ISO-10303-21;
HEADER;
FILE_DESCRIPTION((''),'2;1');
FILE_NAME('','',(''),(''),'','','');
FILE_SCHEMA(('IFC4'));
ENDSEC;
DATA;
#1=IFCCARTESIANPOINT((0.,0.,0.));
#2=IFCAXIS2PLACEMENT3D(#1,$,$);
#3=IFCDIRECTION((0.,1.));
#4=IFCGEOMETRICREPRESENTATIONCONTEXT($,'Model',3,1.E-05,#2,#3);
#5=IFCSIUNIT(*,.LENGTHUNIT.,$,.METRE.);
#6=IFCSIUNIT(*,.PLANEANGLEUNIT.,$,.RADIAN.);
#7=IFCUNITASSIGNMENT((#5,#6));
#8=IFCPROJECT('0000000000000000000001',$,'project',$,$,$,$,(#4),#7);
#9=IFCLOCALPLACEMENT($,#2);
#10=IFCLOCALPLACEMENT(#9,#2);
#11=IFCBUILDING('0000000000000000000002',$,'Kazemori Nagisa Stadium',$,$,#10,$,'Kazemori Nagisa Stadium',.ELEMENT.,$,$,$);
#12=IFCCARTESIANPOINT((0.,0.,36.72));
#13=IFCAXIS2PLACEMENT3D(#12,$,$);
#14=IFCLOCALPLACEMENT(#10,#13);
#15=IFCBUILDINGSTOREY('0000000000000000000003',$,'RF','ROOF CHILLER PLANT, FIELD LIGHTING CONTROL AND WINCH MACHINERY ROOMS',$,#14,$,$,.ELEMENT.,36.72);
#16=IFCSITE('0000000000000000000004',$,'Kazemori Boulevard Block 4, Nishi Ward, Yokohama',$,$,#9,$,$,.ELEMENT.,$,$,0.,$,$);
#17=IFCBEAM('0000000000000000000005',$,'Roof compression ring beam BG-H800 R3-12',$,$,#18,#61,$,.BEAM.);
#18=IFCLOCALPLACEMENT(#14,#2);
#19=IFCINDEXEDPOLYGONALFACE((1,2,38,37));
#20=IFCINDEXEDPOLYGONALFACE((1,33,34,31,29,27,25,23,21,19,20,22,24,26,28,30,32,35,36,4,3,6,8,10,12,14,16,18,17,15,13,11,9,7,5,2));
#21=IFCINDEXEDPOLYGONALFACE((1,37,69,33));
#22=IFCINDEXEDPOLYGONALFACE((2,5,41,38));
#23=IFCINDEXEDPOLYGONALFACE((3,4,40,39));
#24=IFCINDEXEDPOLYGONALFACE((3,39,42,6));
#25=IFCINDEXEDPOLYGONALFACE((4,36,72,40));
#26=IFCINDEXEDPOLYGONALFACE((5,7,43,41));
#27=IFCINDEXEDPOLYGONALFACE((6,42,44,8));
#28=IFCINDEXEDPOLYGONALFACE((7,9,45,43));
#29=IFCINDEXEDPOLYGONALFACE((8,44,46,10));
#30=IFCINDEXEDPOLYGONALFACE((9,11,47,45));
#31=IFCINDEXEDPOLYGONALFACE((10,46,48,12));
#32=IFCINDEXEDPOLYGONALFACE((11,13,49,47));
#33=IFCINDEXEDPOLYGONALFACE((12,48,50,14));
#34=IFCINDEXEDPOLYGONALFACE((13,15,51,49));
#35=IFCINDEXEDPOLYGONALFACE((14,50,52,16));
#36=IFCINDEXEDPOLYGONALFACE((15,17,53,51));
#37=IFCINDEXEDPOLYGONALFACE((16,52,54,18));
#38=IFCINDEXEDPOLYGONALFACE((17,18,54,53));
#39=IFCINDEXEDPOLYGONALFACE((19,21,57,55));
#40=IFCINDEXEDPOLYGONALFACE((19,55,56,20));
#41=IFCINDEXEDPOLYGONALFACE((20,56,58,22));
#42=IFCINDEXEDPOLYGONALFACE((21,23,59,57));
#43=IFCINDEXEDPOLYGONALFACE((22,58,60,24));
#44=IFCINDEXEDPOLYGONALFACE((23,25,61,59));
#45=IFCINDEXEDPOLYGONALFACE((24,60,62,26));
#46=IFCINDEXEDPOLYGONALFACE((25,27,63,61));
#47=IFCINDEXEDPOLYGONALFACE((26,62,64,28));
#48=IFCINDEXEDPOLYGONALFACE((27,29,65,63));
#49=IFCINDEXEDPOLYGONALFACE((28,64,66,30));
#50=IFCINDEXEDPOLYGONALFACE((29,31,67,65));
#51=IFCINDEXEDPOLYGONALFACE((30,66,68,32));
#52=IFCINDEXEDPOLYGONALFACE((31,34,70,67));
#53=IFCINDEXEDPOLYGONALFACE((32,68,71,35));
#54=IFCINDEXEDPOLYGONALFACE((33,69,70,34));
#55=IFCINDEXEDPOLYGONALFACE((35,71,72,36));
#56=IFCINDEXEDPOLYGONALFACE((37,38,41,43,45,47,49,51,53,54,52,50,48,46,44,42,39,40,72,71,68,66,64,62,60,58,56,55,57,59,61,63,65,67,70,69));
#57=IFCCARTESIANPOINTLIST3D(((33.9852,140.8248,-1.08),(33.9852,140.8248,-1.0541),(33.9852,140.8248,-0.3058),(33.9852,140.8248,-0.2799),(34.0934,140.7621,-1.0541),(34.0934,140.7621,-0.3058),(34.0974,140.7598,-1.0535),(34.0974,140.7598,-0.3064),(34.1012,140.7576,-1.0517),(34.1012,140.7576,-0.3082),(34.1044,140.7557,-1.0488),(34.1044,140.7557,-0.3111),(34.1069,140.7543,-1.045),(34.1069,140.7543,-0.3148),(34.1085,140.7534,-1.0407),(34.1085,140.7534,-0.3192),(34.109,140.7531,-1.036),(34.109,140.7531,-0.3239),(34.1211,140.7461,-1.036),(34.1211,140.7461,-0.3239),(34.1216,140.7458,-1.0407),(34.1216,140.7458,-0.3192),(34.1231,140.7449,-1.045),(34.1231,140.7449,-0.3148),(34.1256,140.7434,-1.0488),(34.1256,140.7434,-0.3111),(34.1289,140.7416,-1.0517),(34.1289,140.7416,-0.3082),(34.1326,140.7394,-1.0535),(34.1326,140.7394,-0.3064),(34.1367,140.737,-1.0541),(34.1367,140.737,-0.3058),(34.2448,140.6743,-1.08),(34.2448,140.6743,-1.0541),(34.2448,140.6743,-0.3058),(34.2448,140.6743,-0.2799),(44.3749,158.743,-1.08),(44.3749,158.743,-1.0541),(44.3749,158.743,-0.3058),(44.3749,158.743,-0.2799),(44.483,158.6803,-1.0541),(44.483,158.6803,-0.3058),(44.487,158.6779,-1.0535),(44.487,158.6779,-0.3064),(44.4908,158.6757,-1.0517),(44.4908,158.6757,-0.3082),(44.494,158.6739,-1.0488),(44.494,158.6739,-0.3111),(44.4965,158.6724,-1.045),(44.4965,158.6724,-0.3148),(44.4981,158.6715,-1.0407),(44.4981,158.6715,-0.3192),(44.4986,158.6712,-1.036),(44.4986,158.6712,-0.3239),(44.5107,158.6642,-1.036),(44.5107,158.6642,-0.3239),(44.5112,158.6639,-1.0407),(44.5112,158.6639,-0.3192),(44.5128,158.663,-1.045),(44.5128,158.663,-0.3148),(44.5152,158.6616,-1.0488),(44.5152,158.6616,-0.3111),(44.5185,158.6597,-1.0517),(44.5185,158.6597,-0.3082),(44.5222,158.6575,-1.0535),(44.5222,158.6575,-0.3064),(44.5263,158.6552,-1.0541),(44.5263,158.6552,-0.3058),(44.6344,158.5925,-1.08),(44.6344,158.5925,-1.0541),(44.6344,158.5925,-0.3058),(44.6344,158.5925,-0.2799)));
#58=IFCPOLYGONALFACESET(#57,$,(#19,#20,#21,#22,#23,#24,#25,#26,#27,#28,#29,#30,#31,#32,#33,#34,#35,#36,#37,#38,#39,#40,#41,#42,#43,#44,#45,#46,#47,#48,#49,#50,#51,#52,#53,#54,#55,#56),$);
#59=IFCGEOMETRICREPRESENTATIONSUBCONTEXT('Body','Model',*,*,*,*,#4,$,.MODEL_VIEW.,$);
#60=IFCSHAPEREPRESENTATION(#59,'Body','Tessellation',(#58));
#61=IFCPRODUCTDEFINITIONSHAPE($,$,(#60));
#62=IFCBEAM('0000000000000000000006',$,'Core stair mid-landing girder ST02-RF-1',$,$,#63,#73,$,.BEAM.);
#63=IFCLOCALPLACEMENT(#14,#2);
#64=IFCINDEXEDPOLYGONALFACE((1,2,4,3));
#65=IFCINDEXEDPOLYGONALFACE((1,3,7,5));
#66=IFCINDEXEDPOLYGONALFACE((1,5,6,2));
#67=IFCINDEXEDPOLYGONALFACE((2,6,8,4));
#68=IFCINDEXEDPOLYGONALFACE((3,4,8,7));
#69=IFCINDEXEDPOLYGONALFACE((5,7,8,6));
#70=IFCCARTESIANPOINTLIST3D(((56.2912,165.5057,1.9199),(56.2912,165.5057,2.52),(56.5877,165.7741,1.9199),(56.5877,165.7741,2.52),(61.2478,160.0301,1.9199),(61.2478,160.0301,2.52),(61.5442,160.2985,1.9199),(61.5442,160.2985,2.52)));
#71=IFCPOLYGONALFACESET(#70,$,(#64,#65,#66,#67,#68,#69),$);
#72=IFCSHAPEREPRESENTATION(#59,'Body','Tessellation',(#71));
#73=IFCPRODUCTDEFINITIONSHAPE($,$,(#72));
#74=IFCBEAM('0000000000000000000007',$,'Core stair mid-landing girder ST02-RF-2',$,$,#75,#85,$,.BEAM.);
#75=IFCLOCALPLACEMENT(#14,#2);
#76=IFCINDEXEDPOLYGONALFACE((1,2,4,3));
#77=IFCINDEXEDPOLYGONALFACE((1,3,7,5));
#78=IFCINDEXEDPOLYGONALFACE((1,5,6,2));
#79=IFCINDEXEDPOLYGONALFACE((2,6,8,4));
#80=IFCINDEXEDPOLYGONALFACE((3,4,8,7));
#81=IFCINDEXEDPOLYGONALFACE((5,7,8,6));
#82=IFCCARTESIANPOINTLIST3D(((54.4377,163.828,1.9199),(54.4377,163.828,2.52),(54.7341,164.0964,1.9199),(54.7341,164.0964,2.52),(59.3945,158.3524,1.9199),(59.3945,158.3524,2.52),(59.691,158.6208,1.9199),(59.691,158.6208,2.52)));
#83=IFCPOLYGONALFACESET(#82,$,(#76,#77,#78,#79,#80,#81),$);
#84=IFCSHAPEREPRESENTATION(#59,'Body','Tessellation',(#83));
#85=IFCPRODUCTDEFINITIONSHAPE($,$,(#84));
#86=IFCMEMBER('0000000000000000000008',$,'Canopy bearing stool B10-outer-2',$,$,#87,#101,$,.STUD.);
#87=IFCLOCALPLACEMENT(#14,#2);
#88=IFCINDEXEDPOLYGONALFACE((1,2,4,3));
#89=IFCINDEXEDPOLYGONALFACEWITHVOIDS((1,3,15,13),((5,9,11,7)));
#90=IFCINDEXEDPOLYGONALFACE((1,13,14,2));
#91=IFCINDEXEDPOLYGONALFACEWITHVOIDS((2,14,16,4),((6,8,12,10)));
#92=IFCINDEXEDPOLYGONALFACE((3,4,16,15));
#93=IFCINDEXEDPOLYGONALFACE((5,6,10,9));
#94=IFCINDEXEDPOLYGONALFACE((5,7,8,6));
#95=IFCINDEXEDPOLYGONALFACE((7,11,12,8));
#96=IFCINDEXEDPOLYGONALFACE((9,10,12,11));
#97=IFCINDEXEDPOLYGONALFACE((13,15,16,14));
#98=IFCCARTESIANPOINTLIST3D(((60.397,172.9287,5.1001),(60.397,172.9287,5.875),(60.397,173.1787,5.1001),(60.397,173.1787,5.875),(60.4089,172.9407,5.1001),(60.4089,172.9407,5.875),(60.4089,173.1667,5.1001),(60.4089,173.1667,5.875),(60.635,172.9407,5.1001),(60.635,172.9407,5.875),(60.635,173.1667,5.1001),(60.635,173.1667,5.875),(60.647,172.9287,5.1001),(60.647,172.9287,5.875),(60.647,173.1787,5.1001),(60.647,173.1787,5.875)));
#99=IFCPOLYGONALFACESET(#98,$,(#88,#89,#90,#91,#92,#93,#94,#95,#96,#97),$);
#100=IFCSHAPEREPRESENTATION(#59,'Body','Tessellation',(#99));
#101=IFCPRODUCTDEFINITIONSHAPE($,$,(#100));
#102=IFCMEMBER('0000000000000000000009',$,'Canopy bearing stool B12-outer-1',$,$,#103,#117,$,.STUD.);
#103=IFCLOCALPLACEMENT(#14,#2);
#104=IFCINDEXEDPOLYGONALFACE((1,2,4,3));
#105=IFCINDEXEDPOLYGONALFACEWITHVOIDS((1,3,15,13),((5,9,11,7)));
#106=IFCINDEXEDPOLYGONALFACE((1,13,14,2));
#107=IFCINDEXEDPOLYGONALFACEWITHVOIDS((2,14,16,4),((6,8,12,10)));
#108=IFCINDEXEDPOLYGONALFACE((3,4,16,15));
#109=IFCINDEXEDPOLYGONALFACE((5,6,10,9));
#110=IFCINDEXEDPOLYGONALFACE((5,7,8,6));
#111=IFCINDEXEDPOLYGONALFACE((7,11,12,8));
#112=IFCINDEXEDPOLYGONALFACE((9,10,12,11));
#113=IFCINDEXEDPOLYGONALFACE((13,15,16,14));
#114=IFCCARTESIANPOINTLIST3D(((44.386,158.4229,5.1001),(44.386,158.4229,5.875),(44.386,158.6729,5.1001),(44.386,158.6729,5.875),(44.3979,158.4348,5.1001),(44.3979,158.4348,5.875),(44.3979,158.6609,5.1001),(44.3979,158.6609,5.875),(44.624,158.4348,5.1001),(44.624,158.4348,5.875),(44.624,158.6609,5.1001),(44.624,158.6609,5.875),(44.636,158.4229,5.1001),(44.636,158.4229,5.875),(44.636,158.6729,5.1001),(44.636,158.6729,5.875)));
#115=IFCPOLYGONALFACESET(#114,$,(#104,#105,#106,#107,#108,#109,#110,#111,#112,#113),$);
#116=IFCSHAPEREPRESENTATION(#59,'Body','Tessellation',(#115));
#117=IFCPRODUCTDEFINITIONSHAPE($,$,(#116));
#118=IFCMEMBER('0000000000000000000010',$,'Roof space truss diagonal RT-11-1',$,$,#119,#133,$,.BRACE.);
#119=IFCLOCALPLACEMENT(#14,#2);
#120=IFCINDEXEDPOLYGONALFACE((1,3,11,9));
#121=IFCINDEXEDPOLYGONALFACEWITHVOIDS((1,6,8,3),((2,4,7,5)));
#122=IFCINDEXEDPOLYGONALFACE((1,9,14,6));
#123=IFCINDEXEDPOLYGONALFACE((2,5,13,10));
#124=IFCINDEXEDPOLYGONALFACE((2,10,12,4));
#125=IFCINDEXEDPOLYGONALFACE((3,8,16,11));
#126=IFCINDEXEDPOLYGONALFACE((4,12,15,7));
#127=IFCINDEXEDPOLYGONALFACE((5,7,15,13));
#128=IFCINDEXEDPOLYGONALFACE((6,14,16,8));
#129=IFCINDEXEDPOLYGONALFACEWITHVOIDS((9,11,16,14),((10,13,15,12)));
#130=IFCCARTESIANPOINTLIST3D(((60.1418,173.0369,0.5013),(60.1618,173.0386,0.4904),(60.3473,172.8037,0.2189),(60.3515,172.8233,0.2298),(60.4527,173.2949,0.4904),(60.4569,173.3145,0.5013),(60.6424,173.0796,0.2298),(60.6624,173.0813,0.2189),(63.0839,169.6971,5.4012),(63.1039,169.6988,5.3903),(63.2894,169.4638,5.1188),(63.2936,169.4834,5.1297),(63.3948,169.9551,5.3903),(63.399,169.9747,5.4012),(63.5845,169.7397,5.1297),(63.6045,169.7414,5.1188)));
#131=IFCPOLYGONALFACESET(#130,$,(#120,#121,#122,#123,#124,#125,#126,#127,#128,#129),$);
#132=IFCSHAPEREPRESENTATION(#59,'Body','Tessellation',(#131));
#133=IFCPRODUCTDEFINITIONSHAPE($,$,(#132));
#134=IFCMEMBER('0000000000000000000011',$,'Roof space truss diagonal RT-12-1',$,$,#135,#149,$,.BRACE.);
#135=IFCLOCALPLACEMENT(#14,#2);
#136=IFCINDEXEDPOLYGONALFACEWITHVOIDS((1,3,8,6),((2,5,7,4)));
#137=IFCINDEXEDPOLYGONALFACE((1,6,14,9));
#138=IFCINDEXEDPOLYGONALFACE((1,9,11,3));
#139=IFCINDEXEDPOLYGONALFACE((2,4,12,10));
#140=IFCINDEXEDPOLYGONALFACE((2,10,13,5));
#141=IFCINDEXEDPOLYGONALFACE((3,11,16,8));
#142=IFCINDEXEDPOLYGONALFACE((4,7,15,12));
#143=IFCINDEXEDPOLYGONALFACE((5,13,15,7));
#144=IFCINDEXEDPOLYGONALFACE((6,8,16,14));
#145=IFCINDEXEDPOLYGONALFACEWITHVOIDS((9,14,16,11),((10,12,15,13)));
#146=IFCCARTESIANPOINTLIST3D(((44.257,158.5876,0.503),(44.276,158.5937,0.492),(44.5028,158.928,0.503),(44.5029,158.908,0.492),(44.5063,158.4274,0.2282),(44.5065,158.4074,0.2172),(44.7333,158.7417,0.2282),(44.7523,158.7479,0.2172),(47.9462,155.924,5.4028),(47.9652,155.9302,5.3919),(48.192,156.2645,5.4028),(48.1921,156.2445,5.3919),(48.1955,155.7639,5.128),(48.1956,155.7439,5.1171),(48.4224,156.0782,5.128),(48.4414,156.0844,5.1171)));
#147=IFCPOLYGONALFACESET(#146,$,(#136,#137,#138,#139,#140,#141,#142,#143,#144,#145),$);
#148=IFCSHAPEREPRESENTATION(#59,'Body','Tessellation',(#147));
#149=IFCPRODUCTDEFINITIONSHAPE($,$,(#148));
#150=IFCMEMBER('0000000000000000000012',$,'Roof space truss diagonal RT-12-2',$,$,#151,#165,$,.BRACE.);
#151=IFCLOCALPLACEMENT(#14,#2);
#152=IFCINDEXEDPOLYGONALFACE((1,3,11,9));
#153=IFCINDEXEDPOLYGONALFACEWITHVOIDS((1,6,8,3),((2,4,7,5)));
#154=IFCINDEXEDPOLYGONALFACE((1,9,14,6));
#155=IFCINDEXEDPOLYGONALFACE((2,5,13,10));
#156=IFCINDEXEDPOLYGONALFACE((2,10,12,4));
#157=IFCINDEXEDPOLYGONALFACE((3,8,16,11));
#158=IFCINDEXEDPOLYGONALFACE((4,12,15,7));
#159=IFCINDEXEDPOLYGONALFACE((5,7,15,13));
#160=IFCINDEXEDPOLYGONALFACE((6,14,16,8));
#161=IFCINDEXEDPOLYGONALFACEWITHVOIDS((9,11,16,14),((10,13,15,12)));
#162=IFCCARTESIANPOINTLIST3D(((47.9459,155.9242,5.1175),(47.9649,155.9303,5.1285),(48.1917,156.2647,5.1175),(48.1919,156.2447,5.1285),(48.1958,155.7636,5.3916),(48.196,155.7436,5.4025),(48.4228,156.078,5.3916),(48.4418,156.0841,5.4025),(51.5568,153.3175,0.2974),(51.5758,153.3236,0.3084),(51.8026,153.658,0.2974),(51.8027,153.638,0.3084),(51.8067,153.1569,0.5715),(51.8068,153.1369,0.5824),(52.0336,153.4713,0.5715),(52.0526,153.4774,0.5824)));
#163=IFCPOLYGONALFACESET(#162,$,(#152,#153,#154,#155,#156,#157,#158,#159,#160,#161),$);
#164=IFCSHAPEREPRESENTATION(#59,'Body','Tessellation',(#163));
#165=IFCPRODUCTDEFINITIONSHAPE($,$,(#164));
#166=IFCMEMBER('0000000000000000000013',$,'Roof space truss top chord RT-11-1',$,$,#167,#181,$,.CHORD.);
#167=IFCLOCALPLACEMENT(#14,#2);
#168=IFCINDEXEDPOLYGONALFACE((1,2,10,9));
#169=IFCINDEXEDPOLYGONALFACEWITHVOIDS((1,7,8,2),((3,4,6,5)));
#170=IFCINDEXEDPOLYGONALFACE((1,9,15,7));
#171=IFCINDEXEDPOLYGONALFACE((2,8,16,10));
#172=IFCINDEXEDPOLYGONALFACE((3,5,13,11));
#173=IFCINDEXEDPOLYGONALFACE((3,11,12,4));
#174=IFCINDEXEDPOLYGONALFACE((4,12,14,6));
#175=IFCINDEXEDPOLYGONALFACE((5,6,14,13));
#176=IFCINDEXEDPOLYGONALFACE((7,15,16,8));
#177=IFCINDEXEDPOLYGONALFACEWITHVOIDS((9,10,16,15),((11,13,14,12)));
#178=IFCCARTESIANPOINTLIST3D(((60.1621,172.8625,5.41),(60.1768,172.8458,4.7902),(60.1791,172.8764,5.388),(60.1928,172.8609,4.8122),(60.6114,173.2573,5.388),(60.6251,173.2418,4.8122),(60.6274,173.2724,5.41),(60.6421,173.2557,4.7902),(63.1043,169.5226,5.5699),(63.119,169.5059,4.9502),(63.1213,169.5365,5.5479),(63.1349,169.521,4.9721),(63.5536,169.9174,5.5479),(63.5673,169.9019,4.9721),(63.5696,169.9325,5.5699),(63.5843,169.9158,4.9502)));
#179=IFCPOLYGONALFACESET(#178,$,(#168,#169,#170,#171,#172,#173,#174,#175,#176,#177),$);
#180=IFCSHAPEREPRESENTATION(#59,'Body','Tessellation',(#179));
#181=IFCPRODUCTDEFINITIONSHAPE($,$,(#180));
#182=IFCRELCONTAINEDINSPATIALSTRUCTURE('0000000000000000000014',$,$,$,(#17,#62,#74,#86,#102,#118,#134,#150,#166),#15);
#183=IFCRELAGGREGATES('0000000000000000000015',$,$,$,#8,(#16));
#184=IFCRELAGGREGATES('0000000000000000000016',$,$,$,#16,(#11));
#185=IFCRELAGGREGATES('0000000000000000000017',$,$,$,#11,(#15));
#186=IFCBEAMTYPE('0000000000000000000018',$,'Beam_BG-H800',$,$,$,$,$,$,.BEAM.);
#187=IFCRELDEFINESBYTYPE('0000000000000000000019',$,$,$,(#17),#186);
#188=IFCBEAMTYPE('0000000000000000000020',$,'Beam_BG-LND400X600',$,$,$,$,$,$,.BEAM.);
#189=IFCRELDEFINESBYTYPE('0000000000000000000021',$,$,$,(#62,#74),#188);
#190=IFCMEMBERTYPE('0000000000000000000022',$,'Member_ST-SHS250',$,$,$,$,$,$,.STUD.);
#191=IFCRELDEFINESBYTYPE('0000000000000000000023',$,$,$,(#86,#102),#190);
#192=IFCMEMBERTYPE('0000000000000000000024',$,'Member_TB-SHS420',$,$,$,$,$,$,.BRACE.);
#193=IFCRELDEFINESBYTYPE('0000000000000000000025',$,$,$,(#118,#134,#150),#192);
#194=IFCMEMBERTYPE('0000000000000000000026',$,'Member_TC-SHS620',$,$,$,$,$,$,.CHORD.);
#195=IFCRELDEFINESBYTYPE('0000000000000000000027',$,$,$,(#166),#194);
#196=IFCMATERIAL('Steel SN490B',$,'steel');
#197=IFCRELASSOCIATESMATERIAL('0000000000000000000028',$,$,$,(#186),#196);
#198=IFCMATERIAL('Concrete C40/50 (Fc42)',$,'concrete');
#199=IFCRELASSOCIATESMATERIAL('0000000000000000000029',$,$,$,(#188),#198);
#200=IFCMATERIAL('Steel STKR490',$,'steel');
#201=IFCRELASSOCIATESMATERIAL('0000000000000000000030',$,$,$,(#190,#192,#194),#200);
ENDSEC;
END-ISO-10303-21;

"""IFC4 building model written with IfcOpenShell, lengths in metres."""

from ifc_helpers import new_model, si_unit, direction, frame, origin, origin_2d, place, context, subcontext, project, spatial, rectangle, hollow_rectangle, i_section, extrude, material, material_profile, profile_set, type_object, element, save


model = new_model("IFC4")

# Units and contexts
model_context = context("Model", 3, precision=1e-05, world=origin(), true_north=direction((0.0, 1.0)))
body_context = subcontext(model_context, "Body", "Model", "MODEL_VIEW")
ifc_project = project(units=[si_unit("LENGTHUNIT", "METRE"), si_unit("PLANEANGLEUNIT", "RADIAN")], contexts=[model_context])

# Site, building, storey
site_placement = place(None, origin())
site = spatial("IfcSite", under=ifc_project, at=site_placement, Name="Kazemori Boulevard Block 4, Nishi Ward, Yokohama", CompositionType="ELEMENT", RefElevation=0.0)
building_placement = place(site_placement, origin())
building = spatial("IfcBuilding", under=site, at=building_placement, Name="Kazemori Nagisa Stadium", LongName="Kazemori Nagisa Stadium", CompositionType="ELEMENT")
storey_placement = place(building_placement, frame((0.0, 0.0, 36.72)))
storey = spatial("IfcBuildingStorey", under=building, at=storey_placement, Name="RF", Description="ROOF CHILLER PLANT, FIELD LIGHTING CONTROL AND WINCH MACHINERY ROOMS", CompositionType="ELEMENT", Elevation=36.72)

# Shared definitions
ifc_material_1 = material(Name="Steel SN490B", Category="steel")

# Beams
ifc_material_profile_1 = material_profile(ifc_material_1, i_section(OverallWidth=0.3, OverallDepth=0.8, WebThickness=0.0139, FlangeThickness=0.0259, FilletRadius=0.0181, at=origin_2d()), Name="H-800x300x14x26")
ifc_profile_set_1 = profile_set([ifc_material_profile_1], Name="Steel SN490B")
beam_type_1 = type_object("IfcBeamType", Name="Beam_BG-H800", PredefinedType="BEAM", material=ifc_profile_set_1)
beam_1_placement = place(storey_placement, frame((44.5046, 158.6677, -0.6799), z_axis=(-0.501613, -0.865092, 0.0), x_axis=(0.865092, -0.501613, 0.0)))
element("IfcBeam", 1, at=beam_1_placement, inside=storey, type_object=beam_type_1, Name="Roof compression ring beam BG-H800 R3-12", PredefinedType="BEAM", context=body_context, shape_type="SweptSolid", body=[
    extrude(i_section(OverallWidth=0.3, OverallDepth=0.8, WebThickness=0.0139, FlangeThickness=0.0259, FilletRadius=0.0181, at=origin_2d()), origin(), (0.0, 0.0, 1.0), 20.7124),
])
ifc_material_2 = material(Name="Concrete C40/50 (Fc42)", Category="concrete")
ifc_material_profile_2 = material_profile(ifc_material_2, rectangle(XDim=0.3999, YDim=0.6001, at=origin_2d()), Name="RC-BM-400x600")
ifc_profile_set_2 = profile_set([ifc_material_profile_2], Name="Concrete C40/50 (Fc42)")
beam_type_2 = type_object("IfcBeamType", Name="Beam_BG-LND400X600", PredefinedType="BEAM", material=ifc_profile_set_2)
beam_2_placement = place(storey_placement, frame((61.396, 160.1643, 2.22), z_axis=(-0.671095, 0.741371, 0.0), x_axis=(-0.741371, -0.671095, 0.0)))
element("IfcBeam", 2, at=beam_2_placement, inside=storey, type_object=beam_type_2, Name="Core stair mid-landing girder ST02-RF-1", PredefinedType="BEAM", context=body_context, shape_type="SweptSolid", body=[
    extrude(rectangle(XDim=0.3999, YDim=0.6001, at=origin_2d()), origin(), (0.0, 0.0, 1.0), 7.3857),
])
beam_3_placement = place(storey_placement, frame((59.5427, 158.4866, 2.22), z_axis=(-0.671113, 0.741355, 0.0), x_axis=(-0.741355, -0.671113, 0.0)))
element("IfcBeam", 3, at=beam_3_placement, inside=storey, type_object=beam_type_2, Name="Core stair mid-landing girder ST02-RF-2", PredefinedType="BEAM", context=body_context, shape_type="SweptSolid", body=[
    extrude(rectangle(XDim=0.3999, YDim=0.6001, at=origin_2d()), origin(), (0.0, 0.0, 1.0), 7.386),
])

# Members
ifc_material_3 = material(Name="Steel STKR490", Category="steel")
ifc_material_profile_3 = material_profile(ifc_material_3, hollow_rectangle(XDim=0.25, YDim=0.25, WallThickness=0.012, at=origin_2d()), Name="SHS-250x250x12")
ifc_profile_set_3 = profile_set([ifc_material_profile_3], Name="Steel STKR490")
member_type_1 = type_object("IfcMemberType", Name="Member_ST-SHS250", PredefinedType="STUD", material=ifc_profile_set_3)
for number, where, z_axis, x_axis, name in (
    (4, (60.522, 173.0537, 5.1001), (0.0, 0.0, 1.0), (1.0, 0.0, 0.0), "Canopy bearing stool B10-outer-2"),
    (5, (44.511, 158.5479, 5.1001), (0.0, 0.0, 1.0), (1.0, 0.0, 0.0), "Canopy bearing stool B12-outer-1"),
):
    element("IfcMember", number, at=place(storey_placement, frame(where, z_axis=z_axis, x_axis=x_axis)), inside=storey, type_object=member_type_1, Name=name, PredefinedType="STUD", context=body_context, shape_type="SweptSolid", body=[
        extrude(hollow_rectangle(XDim=0.25, YDim=0.25, WallThickness=0.012, at=origin_2d()), origin(), (0.0, 0.0, 1.0), 0.7749),
    ])
ifc_material_profile_4 = material_profile(ifc_material_3, hollow_rectangle(XDim=0.4199, YDim=0.4199, WallThickness=0.0161, at=origin_2d()), Name="SHS-420x420x16")
ifc_profile_set_4 = profile_set([ifc_material_profile_4], Name="Steel STKR490")
member_type_2 = type_object("IfcMemberType", Name="Member_TB-SHS420", PredefinedType="BRACE", material=ifc_profile_set_4)
member_1_placement = place(storey_placement, frame((60.4021, 173.0591, 0.3601), z_axis=(0.444455, -0.504535, 0.740206), x_axis=(0.750371, 0.661017, 0.0)))
element("IfcMember", 6, at=member_1_placement, inside=storey, type_object=member_type_2, Name="Roof space truss diagonal RT-11-1", PredefinedType="BRACE", context=body_context, shape_type="SweptSolid", body=[
    extrude(hollow_rectangle(XDim=0.4199, YDim=0.4199, WallThickness=0.0161, at=origin_2d()), origin(), (0.0, 0.0, 1.0), 6.6196),
])
member_2_placement = place(storey_placement, frame((44.5046, 158.6677, 0.3601), z_axis=(0.551711, -0.39833, 0.732767), x_axis=(0.585367, 0.810768, 0.0)))
element("IfcMember", 7, at=member_2_placement, inside=storey, type_object=member_type_2, Name="Roof space truss diagonal RT-12-1", PredefinedType="BRACE", context=body_context, shape_type="SweptSolid", body=[
    extrude(hollow_rectangle(XDim=0.4199, YDim=0.4199, WallThickness=0.0161, at=origin_2d()), origin(), (0.0, 0.0, 1.0), 6.6868),
])
member_3_placement = place(storey_placement, frame((48.1938, 156.0042, 5.26), z_axis=(0.550225, -0.397211, -0.73449), x_axis=(0.585322, 0.810801, 0.0)))
element("IfcMember", 8, at=member_3_placement, inside=storey, type_object=member_type_2, Name="Roof space truss diagonal RT-12-2", PredefinedType="BRACE", context=body_context, shape_type="SweptSolid", body=[
    extrude(hollow_rectangle(XDim=0.4199, YDim=0.4199, WallThickness=0.0161, at=origin_2d()), origin(), (0.0, 0.0, 1.0), 6.5625),
])
ifc_material_profile_5 = material_profile(ifc_material_3, hollow_rectangle(XDim=0.6201, YDim=0.6201, WallThickness=0.022, at=origin_2d()), Name="SHS-620x620x22")
ifc_profile_set_5 = profile_set([ifc_material_profile_5], Name="Steel STKR490")
member_type_3 = type_object("IfcMemberType", Name="Member_TC-SHS620", PredefinedType="CHORD", material=ifc_profile_set_5)
member_4_placement = place(storey_placement, frame((60.4021, 173.0591, 5.1001), z_axis=(0.660591, -0.749887, 0.035905), x_axis=(0.750371, 0.661017, 0.0)))
element("IfcMember", 9, at=member_4_placement, inside=storey, type_object=member_type_3, Name="Roof space truss top chord RT-11-1", PredefinedType="CHORD", context=body_context, shape_type="SweptSolid", body=[
    extrude(hollow_rectangle(XDim=0.6201, YDim=0.6201, WallThickness=0.022, at=origin_2d()), origin(), (0.0, 0.0, 1.0), 4.4539),
])

save(model, "model.ifc")
